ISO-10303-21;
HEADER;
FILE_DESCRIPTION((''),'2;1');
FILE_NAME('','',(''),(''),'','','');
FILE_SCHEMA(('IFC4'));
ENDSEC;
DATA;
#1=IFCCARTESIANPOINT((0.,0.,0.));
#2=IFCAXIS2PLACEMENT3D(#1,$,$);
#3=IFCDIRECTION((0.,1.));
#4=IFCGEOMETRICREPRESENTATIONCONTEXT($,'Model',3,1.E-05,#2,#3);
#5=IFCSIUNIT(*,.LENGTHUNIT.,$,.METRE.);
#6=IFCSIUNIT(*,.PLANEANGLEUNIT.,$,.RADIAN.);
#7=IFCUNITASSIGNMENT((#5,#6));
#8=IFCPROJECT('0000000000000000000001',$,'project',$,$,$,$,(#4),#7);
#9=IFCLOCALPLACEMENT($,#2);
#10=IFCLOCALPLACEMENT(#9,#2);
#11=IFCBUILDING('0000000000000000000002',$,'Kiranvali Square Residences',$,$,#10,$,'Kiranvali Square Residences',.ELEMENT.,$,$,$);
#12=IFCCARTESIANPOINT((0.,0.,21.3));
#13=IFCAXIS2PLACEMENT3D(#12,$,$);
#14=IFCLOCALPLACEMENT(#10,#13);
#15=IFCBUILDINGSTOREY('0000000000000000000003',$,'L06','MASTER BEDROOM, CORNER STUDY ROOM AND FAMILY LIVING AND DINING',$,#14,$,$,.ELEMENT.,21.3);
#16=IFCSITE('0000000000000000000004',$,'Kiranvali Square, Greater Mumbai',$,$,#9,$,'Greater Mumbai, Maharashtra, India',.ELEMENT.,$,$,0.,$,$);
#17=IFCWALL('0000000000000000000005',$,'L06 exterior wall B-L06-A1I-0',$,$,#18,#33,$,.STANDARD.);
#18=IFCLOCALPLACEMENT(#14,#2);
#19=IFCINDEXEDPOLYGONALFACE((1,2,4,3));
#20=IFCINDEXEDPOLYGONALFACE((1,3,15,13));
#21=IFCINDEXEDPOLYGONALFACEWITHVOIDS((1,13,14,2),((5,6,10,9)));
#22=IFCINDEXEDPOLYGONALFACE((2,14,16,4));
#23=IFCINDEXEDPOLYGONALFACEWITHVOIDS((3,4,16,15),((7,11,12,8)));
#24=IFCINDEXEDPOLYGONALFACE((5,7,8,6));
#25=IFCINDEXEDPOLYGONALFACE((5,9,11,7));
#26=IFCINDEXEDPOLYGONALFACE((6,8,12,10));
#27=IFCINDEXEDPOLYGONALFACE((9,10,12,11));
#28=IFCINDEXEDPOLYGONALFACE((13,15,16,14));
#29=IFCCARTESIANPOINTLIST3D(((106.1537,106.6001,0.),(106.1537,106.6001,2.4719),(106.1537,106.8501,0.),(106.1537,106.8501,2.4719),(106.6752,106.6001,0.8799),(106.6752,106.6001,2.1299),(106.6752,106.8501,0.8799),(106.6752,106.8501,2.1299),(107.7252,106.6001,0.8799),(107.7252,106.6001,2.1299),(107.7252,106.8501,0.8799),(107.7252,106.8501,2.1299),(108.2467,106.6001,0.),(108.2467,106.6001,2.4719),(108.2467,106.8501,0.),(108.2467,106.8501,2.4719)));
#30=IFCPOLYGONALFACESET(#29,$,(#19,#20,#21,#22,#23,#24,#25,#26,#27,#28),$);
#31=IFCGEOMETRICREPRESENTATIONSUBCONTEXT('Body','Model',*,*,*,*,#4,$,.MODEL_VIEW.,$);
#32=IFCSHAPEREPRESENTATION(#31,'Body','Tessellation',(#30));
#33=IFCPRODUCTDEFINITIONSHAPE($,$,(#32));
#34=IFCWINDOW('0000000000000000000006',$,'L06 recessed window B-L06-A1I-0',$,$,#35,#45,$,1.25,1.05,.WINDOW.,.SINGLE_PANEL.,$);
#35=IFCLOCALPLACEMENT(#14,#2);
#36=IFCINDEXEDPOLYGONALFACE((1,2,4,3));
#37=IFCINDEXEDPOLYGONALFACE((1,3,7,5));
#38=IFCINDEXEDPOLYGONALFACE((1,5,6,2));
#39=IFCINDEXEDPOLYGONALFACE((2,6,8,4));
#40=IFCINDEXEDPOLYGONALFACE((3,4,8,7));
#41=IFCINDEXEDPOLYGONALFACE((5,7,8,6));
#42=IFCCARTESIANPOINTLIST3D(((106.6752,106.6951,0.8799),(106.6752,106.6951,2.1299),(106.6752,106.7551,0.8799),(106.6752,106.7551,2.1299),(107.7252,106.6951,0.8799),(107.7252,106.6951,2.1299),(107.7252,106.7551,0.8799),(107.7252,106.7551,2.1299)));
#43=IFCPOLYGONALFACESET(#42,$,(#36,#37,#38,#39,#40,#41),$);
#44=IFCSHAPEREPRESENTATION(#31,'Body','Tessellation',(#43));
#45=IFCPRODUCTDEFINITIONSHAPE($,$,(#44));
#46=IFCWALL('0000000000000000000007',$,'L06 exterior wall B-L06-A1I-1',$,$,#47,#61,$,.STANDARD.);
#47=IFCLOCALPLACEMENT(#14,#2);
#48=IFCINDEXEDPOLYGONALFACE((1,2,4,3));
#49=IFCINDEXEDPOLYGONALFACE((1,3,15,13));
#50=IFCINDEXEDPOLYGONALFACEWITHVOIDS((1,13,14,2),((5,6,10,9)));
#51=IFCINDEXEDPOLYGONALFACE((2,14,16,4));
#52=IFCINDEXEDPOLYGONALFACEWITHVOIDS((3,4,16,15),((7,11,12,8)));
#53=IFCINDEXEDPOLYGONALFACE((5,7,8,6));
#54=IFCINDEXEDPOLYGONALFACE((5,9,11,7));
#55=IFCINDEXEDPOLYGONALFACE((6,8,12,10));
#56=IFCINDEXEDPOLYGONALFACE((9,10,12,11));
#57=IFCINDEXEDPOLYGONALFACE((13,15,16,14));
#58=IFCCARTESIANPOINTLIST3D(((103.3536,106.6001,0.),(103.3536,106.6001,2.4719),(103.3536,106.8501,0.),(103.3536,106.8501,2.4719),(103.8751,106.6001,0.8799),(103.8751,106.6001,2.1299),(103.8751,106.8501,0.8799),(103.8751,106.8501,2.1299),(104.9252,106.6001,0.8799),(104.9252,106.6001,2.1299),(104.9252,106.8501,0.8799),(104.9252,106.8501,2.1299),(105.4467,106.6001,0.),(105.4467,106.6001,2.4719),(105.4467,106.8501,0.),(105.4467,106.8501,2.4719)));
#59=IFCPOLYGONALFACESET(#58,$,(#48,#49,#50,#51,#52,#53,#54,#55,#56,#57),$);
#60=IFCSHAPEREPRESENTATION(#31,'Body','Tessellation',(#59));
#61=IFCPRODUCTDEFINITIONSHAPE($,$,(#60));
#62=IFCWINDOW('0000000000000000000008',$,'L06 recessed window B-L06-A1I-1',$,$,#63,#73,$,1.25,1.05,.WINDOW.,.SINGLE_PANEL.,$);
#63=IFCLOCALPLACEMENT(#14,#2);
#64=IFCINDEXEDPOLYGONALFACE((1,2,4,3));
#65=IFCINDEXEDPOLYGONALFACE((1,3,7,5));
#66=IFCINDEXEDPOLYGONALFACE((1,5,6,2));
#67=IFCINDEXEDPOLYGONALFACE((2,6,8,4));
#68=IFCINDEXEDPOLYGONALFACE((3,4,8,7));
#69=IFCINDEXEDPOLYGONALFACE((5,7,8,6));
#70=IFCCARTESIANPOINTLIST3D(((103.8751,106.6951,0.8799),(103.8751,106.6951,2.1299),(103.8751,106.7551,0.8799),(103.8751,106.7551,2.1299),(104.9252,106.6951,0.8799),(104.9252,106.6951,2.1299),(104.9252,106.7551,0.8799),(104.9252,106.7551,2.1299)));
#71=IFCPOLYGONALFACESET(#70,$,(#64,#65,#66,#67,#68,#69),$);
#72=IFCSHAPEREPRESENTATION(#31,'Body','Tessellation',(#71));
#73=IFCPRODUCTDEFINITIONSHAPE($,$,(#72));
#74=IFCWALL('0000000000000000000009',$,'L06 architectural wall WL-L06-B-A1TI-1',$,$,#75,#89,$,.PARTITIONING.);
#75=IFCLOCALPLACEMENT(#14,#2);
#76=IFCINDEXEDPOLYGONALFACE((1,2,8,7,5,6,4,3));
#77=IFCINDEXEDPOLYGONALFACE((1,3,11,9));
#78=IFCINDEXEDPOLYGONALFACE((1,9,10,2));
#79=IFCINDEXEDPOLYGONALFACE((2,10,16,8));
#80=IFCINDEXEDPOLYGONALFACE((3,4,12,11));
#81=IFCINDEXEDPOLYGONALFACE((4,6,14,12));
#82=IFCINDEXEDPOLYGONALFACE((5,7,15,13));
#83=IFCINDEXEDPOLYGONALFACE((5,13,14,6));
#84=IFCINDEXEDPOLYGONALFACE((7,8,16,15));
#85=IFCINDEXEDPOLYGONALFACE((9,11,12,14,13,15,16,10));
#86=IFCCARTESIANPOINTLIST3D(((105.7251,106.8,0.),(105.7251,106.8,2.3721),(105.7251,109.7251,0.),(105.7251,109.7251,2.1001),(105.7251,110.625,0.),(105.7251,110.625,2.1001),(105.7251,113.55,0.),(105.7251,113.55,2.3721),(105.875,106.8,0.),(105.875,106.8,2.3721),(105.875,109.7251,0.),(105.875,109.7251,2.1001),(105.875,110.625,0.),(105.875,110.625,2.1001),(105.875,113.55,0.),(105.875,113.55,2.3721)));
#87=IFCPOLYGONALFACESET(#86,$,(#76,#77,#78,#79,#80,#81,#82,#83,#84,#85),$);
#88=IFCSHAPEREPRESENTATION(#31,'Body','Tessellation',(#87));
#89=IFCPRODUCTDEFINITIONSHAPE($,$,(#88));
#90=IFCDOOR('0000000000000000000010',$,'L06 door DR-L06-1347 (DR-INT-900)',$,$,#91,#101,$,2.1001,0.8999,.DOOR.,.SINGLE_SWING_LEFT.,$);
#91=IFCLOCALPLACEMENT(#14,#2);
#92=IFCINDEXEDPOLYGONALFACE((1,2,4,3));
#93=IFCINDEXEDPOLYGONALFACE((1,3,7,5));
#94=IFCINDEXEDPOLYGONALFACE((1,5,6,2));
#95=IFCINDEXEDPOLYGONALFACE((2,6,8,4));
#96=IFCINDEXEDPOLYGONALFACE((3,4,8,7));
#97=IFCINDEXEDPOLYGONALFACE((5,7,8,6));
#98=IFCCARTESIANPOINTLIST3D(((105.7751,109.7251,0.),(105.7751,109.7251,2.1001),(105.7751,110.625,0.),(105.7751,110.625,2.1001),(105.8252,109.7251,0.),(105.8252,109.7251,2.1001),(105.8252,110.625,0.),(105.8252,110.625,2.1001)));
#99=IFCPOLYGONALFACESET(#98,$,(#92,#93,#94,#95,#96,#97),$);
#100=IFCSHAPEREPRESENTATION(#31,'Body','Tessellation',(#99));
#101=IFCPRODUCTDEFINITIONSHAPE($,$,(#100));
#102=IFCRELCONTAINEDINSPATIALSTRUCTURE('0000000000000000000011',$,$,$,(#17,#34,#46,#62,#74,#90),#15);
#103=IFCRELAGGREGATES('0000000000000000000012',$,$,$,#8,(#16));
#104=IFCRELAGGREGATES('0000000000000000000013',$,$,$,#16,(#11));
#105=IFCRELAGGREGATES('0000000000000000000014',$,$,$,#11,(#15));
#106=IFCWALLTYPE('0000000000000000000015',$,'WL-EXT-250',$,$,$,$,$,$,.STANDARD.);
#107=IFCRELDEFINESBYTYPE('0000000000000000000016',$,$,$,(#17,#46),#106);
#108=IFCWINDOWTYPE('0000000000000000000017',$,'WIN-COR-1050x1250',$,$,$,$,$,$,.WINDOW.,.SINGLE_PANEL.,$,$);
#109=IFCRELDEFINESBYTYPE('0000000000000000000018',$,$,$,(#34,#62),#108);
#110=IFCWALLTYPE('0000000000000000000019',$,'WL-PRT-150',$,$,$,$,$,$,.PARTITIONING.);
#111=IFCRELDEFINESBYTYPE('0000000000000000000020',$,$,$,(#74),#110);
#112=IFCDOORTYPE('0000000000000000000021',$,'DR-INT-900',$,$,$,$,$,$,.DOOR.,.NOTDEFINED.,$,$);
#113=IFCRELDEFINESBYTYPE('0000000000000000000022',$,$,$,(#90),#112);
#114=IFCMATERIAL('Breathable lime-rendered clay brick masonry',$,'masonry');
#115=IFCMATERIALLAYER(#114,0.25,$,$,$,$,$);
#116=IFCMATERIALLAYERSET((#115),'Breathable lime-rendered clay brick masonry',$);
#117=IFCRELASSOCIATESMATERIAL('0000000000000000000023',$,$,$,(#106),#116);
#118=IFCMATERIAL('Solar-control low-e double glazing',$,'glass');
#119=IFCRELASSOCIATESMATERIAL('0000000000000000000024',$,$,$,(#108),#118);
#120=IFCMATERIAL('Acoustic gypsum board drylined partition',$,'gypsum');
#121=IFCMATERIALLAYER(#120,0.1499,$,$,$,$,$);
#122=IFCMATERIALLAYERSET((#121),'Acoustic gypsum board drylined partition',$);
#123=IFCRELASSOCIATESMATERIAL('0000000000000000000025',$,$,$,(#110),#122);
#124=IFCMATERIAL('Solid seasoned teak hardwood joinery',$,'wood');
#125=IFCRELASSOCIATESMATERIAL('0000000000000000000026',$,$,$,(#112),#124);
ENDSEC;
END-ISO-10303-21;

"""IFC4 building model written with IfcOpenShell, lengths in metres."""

from ifc_helpers import new_model, si_unit, direction, frame, frame_2d, origin, place, context, subcontext, project, spatial, rectangle, extrude, material, layer, layer_set, type_object, element, fill, save


model = new_model("IFC4")

# Units and contexts
model_context = context("Model", 3, precision=1e-05, world=origin(), true_north=direction((0.0, 1.0)))
body_context = subcontext(model_context, "Body", "Model", "MODEL_VIEW")
ifc_project = project(units=[si_unit("LENGTHUNIT", "METRE"), si_unit("PLANEANGLEUNIT", "RADIAN")], contexts=[model_context])

# Site, building, storey
site_placement = place(None, origin())
site = spatial("IfcSite", under=ifc_project, at=site_placement, Name="Kiranvali Square, Greater Mumbai", LongName="Greater Mumbai, Maharashtra, India", CompositionType="ELEMENT", RefElevation=0.0)
building_placement = place(site_placement, origin())
building = spatial("IfcBuilding", under=site, at=building_placement, Name="Kiranvali Square Residences", LongName="Kiranvali Square Residences", CompositionType="ELEMENT")
storey_placement = place(building_placement, frame((0.0, 0.0, 21.3)))
storey = spatial("IfcBuildingStorey", under=building, at=storey_placement, Name="L06", Description="MASTER BEDROOM, CORNER STUDY ROOM AND FAMILY LIVING AND DINING", CompositionType="ELEMENT", Elevation=21.3)

# Walls, openings, windows
ifc_material_1 = material(Name="Breathable lime-rendered clay brick masonry", Category="masonry")
ifc_layer_1 = layer(ifc_material_1, 0.25)
ifc_layer_set_1 = layer_set([ifc_layer_1], Name="Breathable lime-rendered clay brick masonry")
wall_type_1 = type_object("IfcWallType", Name="WL-EXT-250", PredefinedType="STANDARD", material=ifc_layer_set_1)
wall_1_placement = place(storey_placement, frame((108.2466, 106.7251, 0.0), z_axis=(0.0, 0.0, 1.0), x_axis=(-1.0, 0.0, 0.0)))
wall_1 = element("IfcWall", 1, at=wall_1_placement, inside=storey, type_object=wall_type_1, Name="L06 exterior wall B-L06-A1I-0", PredefinedType="STANDARD", context=body_context, shape_type="SweptSolid", body=[
    extrude(rectangle(XDim=2.093, YDim=0.25, at=frame_2d((1.0464, 0.0))), origin(), (0.0, 0.0, 1.0), 2.4719),
])
opening_1_placement = place(wall_1_placement, frame((0.5215, 0.0, 0.8799)))
opening_1 = element("IfcOpeningElement", 2, at=opening_1_placement, cuts=wall_1, PredefinedType="OPENING", context=body_context, shape_type="SweptSolid", body=[
    extrude(rectangle(XDim=1.05, YDim=1.25, at=frame_2d((0.5249, 0.625))), frame((0.0, 0.135, 0.0), z_axis=(0.0, -1.0, 0.0), x_axis=(1.0, 0.0, 0.0)), (0.0, 0.0, 1.0), 0.27),
])
ifc_material_2 = material(Name="Solar-control low-e double glazing", Category="glass")
window_type = type_object("IfcWindowType", Name="WIN-COR-1050x1250", PartitioningType="SINGLE_PANEL", PredefinedType="WINDOW", material=ifc_material_2)
window_1_placement = place(opening_1_placement, origin())
window_1 = element("IfcWindow", 3, at=window_1_placement, inside=storey, type_object=window_type, Name="L06 recessed window B-L06-A1I-0", OverallHeight=1.25, OverallWidth=1.05, PartitioningType="SINGLE_PANEL", PredefinedType="WINDOW", context=body_context, shape_type="SweptSolid", body=[
    extrude(rectangle(XDim=1.05, YDim=1.25, at=frame_2d((0.5249, 0.625))), frame((0.0, 0.03, 0.0), z_axis=(0.0, -1.0, 0.0), x_axis=(1.0, 0.0, 0.0)), (0.0, 0.0, 1.0), 0.0601),
])
fill(opening_1, window_1)
wall_2_placement = place(storey_placement, frame((105.4465, 106.7251, 0.0), z_axis=(0.0, 0.0, 1.0), x_axis=(-1.0, 0.0, 0.0)))
wall_2 = element("IfcWall", 4, at=wall_2_placement, inside=storey, type_object=wall_type_1, Name="L06 exterior wall B-L06-A1I-1", PredefinedType="STANDARD", context=body_context, shape_type="SweptSolid", body=[
    extrude(rectangle(XDim=2.093, YDim=0.25, at=frame_2d((1.0464, 0.0))), origin(), (0.0, 0.0, 1.0), 2.4719),
])
opening_2_placement = place(wall_2_placement, frame((0.5215, 0.0, 0.8799)))
opening_2 = element("IfcOpeningElement", 5, at=opening_2_placement, cuts=wall_2, PredefinedType="OPENING", context=body_context, shape_type="SweptSolid", body=[
    extrude(rectangle(XDim=1.05, YDim=1.25, at=frame_2d((0.5249, 0.625))), frame((0.0, 0.135, 0.0), z_axis=(0.0, -1.0, 0.0), x_axis=(1.0, 0.0, 0.0)), (0.0, 0.0, 1.0), 0.27),
])
window_2_placement = place(opening_2_placement, origin())
window_2 = element("IfcWindow", 6, at=window_2_placement, inside=storey, type_object=window_type, Name="L06 recessed window B-L06-A1I-1", OverallHeight=1.25, OverallWidth=1.05, PartitioningType="SINGLE_PANEL", PredefinedType="WINDOW", context=body_context, shape_type="SweptSolid", body=[
    extrude(rectangle(XDim=1.05, YDim=1.25, at=frame_2d((0.5249, 0.625))), frame((0.0, 0.03, 0.0), z_axis=(0.0, -1.0, 0.0), x_axis=(1.0, 0.0, 0.0)), (0.0, 0.0, 1.0), 0.0601),
])
fill(opening_2, window_2)

# Wall, opening, door
ifc_material_3 = material(Name="Acoustic gypsum board drylined partition", Category="gypsum")
ifc_layer_2 = layer(ifc_material_3, 0.1499)
ifc_layer_set_2 = layer_set([ifc_layer_2], Name="Acoustic gypsum board drylined partition")
wall_type_2 = type_object("IfcWallType", Name="WL-PRT-150", PredefinedType="PARTITIONING", material=ifc_layer_set_2)
wall_3_placement = place(storey_placement, frame((105.8, 106.8, 0.0), z_axis=(0.0, 0.0, 1.0), x_axis=(0.0, 1.0, 0.0)))
wall_3 = element("IfcWall", 7, at=wall_3_placement, inside=storey, type_object=wall_type_2, Name="L06 architectural wall WL-L06-B-A1TI-1", PredefinedType="PARTITIONING", context=body_context, shape_type="SweptSolid", body=[
    extrude(rectangle(XDim=6.75, YDim=0.1499, at=frame_2d((3.375, 0.0))), origin(), (0.0, 0.0, 1.0), 2.3721),
])
opening_3_placement = place(wall_3_placement, frame((2.925, 0.0, 0.0)))
opening_3 = element("IfcOpeningElement", 8, at=opening_3_placement, cuts=wall_3, PredefinedType="OPENING", context=body_context, shape_type="SweptSolid", body=[
    extrude(rectangle(XDim=0.8999, YDim=2.1001, at=frame_2d((0.45, 1.05))), frame((0.0, 0.085, 0.0), z_axis=(0.0, -1.0, 0.0), x_axis=(1.0, 0.0, 0.0)), (0.0, 0.0, 1.0), 0.1699),
])
ifc_material_4 = material(Name="Solid seasoned teak hardwood joinery", Category="wood")
door_type_1 = type_object("IfcDoorType", Name="DR-INT-900", OperationType="NOTDEFINED", PredefinedType="DOOR", material=ifc_material_4)
door_1_placement = place(opening_3_placement, origin())
door_1 = element("IfcDoor", 9, at=door_1_placement, inside=storey, type_object=door_type_1, Name="L06 door DR-L06-1347 (DR-INT-900)", OperationType="SINGLE_SWING_LEFT", OverallHeight=2.1001, OverallWidth=0.8999, PredefinedType="DOOR", context=body_context, shape_type="SweptSolid", body=[
    extrude(rectangle(XDim=0.8999, YDim=2.1001, at=frame_2d((0.45, 1.05))), frame((0.0, 0.0249, 0.0), z_axis=(0.0, -1.0, 0.0), x_axis=(1.0, 0.0, 0.0)), (0.0, 0.0, 1.0), 0.05),
])
fill(opening_3, door_1)

save(model, "model.ifc")
